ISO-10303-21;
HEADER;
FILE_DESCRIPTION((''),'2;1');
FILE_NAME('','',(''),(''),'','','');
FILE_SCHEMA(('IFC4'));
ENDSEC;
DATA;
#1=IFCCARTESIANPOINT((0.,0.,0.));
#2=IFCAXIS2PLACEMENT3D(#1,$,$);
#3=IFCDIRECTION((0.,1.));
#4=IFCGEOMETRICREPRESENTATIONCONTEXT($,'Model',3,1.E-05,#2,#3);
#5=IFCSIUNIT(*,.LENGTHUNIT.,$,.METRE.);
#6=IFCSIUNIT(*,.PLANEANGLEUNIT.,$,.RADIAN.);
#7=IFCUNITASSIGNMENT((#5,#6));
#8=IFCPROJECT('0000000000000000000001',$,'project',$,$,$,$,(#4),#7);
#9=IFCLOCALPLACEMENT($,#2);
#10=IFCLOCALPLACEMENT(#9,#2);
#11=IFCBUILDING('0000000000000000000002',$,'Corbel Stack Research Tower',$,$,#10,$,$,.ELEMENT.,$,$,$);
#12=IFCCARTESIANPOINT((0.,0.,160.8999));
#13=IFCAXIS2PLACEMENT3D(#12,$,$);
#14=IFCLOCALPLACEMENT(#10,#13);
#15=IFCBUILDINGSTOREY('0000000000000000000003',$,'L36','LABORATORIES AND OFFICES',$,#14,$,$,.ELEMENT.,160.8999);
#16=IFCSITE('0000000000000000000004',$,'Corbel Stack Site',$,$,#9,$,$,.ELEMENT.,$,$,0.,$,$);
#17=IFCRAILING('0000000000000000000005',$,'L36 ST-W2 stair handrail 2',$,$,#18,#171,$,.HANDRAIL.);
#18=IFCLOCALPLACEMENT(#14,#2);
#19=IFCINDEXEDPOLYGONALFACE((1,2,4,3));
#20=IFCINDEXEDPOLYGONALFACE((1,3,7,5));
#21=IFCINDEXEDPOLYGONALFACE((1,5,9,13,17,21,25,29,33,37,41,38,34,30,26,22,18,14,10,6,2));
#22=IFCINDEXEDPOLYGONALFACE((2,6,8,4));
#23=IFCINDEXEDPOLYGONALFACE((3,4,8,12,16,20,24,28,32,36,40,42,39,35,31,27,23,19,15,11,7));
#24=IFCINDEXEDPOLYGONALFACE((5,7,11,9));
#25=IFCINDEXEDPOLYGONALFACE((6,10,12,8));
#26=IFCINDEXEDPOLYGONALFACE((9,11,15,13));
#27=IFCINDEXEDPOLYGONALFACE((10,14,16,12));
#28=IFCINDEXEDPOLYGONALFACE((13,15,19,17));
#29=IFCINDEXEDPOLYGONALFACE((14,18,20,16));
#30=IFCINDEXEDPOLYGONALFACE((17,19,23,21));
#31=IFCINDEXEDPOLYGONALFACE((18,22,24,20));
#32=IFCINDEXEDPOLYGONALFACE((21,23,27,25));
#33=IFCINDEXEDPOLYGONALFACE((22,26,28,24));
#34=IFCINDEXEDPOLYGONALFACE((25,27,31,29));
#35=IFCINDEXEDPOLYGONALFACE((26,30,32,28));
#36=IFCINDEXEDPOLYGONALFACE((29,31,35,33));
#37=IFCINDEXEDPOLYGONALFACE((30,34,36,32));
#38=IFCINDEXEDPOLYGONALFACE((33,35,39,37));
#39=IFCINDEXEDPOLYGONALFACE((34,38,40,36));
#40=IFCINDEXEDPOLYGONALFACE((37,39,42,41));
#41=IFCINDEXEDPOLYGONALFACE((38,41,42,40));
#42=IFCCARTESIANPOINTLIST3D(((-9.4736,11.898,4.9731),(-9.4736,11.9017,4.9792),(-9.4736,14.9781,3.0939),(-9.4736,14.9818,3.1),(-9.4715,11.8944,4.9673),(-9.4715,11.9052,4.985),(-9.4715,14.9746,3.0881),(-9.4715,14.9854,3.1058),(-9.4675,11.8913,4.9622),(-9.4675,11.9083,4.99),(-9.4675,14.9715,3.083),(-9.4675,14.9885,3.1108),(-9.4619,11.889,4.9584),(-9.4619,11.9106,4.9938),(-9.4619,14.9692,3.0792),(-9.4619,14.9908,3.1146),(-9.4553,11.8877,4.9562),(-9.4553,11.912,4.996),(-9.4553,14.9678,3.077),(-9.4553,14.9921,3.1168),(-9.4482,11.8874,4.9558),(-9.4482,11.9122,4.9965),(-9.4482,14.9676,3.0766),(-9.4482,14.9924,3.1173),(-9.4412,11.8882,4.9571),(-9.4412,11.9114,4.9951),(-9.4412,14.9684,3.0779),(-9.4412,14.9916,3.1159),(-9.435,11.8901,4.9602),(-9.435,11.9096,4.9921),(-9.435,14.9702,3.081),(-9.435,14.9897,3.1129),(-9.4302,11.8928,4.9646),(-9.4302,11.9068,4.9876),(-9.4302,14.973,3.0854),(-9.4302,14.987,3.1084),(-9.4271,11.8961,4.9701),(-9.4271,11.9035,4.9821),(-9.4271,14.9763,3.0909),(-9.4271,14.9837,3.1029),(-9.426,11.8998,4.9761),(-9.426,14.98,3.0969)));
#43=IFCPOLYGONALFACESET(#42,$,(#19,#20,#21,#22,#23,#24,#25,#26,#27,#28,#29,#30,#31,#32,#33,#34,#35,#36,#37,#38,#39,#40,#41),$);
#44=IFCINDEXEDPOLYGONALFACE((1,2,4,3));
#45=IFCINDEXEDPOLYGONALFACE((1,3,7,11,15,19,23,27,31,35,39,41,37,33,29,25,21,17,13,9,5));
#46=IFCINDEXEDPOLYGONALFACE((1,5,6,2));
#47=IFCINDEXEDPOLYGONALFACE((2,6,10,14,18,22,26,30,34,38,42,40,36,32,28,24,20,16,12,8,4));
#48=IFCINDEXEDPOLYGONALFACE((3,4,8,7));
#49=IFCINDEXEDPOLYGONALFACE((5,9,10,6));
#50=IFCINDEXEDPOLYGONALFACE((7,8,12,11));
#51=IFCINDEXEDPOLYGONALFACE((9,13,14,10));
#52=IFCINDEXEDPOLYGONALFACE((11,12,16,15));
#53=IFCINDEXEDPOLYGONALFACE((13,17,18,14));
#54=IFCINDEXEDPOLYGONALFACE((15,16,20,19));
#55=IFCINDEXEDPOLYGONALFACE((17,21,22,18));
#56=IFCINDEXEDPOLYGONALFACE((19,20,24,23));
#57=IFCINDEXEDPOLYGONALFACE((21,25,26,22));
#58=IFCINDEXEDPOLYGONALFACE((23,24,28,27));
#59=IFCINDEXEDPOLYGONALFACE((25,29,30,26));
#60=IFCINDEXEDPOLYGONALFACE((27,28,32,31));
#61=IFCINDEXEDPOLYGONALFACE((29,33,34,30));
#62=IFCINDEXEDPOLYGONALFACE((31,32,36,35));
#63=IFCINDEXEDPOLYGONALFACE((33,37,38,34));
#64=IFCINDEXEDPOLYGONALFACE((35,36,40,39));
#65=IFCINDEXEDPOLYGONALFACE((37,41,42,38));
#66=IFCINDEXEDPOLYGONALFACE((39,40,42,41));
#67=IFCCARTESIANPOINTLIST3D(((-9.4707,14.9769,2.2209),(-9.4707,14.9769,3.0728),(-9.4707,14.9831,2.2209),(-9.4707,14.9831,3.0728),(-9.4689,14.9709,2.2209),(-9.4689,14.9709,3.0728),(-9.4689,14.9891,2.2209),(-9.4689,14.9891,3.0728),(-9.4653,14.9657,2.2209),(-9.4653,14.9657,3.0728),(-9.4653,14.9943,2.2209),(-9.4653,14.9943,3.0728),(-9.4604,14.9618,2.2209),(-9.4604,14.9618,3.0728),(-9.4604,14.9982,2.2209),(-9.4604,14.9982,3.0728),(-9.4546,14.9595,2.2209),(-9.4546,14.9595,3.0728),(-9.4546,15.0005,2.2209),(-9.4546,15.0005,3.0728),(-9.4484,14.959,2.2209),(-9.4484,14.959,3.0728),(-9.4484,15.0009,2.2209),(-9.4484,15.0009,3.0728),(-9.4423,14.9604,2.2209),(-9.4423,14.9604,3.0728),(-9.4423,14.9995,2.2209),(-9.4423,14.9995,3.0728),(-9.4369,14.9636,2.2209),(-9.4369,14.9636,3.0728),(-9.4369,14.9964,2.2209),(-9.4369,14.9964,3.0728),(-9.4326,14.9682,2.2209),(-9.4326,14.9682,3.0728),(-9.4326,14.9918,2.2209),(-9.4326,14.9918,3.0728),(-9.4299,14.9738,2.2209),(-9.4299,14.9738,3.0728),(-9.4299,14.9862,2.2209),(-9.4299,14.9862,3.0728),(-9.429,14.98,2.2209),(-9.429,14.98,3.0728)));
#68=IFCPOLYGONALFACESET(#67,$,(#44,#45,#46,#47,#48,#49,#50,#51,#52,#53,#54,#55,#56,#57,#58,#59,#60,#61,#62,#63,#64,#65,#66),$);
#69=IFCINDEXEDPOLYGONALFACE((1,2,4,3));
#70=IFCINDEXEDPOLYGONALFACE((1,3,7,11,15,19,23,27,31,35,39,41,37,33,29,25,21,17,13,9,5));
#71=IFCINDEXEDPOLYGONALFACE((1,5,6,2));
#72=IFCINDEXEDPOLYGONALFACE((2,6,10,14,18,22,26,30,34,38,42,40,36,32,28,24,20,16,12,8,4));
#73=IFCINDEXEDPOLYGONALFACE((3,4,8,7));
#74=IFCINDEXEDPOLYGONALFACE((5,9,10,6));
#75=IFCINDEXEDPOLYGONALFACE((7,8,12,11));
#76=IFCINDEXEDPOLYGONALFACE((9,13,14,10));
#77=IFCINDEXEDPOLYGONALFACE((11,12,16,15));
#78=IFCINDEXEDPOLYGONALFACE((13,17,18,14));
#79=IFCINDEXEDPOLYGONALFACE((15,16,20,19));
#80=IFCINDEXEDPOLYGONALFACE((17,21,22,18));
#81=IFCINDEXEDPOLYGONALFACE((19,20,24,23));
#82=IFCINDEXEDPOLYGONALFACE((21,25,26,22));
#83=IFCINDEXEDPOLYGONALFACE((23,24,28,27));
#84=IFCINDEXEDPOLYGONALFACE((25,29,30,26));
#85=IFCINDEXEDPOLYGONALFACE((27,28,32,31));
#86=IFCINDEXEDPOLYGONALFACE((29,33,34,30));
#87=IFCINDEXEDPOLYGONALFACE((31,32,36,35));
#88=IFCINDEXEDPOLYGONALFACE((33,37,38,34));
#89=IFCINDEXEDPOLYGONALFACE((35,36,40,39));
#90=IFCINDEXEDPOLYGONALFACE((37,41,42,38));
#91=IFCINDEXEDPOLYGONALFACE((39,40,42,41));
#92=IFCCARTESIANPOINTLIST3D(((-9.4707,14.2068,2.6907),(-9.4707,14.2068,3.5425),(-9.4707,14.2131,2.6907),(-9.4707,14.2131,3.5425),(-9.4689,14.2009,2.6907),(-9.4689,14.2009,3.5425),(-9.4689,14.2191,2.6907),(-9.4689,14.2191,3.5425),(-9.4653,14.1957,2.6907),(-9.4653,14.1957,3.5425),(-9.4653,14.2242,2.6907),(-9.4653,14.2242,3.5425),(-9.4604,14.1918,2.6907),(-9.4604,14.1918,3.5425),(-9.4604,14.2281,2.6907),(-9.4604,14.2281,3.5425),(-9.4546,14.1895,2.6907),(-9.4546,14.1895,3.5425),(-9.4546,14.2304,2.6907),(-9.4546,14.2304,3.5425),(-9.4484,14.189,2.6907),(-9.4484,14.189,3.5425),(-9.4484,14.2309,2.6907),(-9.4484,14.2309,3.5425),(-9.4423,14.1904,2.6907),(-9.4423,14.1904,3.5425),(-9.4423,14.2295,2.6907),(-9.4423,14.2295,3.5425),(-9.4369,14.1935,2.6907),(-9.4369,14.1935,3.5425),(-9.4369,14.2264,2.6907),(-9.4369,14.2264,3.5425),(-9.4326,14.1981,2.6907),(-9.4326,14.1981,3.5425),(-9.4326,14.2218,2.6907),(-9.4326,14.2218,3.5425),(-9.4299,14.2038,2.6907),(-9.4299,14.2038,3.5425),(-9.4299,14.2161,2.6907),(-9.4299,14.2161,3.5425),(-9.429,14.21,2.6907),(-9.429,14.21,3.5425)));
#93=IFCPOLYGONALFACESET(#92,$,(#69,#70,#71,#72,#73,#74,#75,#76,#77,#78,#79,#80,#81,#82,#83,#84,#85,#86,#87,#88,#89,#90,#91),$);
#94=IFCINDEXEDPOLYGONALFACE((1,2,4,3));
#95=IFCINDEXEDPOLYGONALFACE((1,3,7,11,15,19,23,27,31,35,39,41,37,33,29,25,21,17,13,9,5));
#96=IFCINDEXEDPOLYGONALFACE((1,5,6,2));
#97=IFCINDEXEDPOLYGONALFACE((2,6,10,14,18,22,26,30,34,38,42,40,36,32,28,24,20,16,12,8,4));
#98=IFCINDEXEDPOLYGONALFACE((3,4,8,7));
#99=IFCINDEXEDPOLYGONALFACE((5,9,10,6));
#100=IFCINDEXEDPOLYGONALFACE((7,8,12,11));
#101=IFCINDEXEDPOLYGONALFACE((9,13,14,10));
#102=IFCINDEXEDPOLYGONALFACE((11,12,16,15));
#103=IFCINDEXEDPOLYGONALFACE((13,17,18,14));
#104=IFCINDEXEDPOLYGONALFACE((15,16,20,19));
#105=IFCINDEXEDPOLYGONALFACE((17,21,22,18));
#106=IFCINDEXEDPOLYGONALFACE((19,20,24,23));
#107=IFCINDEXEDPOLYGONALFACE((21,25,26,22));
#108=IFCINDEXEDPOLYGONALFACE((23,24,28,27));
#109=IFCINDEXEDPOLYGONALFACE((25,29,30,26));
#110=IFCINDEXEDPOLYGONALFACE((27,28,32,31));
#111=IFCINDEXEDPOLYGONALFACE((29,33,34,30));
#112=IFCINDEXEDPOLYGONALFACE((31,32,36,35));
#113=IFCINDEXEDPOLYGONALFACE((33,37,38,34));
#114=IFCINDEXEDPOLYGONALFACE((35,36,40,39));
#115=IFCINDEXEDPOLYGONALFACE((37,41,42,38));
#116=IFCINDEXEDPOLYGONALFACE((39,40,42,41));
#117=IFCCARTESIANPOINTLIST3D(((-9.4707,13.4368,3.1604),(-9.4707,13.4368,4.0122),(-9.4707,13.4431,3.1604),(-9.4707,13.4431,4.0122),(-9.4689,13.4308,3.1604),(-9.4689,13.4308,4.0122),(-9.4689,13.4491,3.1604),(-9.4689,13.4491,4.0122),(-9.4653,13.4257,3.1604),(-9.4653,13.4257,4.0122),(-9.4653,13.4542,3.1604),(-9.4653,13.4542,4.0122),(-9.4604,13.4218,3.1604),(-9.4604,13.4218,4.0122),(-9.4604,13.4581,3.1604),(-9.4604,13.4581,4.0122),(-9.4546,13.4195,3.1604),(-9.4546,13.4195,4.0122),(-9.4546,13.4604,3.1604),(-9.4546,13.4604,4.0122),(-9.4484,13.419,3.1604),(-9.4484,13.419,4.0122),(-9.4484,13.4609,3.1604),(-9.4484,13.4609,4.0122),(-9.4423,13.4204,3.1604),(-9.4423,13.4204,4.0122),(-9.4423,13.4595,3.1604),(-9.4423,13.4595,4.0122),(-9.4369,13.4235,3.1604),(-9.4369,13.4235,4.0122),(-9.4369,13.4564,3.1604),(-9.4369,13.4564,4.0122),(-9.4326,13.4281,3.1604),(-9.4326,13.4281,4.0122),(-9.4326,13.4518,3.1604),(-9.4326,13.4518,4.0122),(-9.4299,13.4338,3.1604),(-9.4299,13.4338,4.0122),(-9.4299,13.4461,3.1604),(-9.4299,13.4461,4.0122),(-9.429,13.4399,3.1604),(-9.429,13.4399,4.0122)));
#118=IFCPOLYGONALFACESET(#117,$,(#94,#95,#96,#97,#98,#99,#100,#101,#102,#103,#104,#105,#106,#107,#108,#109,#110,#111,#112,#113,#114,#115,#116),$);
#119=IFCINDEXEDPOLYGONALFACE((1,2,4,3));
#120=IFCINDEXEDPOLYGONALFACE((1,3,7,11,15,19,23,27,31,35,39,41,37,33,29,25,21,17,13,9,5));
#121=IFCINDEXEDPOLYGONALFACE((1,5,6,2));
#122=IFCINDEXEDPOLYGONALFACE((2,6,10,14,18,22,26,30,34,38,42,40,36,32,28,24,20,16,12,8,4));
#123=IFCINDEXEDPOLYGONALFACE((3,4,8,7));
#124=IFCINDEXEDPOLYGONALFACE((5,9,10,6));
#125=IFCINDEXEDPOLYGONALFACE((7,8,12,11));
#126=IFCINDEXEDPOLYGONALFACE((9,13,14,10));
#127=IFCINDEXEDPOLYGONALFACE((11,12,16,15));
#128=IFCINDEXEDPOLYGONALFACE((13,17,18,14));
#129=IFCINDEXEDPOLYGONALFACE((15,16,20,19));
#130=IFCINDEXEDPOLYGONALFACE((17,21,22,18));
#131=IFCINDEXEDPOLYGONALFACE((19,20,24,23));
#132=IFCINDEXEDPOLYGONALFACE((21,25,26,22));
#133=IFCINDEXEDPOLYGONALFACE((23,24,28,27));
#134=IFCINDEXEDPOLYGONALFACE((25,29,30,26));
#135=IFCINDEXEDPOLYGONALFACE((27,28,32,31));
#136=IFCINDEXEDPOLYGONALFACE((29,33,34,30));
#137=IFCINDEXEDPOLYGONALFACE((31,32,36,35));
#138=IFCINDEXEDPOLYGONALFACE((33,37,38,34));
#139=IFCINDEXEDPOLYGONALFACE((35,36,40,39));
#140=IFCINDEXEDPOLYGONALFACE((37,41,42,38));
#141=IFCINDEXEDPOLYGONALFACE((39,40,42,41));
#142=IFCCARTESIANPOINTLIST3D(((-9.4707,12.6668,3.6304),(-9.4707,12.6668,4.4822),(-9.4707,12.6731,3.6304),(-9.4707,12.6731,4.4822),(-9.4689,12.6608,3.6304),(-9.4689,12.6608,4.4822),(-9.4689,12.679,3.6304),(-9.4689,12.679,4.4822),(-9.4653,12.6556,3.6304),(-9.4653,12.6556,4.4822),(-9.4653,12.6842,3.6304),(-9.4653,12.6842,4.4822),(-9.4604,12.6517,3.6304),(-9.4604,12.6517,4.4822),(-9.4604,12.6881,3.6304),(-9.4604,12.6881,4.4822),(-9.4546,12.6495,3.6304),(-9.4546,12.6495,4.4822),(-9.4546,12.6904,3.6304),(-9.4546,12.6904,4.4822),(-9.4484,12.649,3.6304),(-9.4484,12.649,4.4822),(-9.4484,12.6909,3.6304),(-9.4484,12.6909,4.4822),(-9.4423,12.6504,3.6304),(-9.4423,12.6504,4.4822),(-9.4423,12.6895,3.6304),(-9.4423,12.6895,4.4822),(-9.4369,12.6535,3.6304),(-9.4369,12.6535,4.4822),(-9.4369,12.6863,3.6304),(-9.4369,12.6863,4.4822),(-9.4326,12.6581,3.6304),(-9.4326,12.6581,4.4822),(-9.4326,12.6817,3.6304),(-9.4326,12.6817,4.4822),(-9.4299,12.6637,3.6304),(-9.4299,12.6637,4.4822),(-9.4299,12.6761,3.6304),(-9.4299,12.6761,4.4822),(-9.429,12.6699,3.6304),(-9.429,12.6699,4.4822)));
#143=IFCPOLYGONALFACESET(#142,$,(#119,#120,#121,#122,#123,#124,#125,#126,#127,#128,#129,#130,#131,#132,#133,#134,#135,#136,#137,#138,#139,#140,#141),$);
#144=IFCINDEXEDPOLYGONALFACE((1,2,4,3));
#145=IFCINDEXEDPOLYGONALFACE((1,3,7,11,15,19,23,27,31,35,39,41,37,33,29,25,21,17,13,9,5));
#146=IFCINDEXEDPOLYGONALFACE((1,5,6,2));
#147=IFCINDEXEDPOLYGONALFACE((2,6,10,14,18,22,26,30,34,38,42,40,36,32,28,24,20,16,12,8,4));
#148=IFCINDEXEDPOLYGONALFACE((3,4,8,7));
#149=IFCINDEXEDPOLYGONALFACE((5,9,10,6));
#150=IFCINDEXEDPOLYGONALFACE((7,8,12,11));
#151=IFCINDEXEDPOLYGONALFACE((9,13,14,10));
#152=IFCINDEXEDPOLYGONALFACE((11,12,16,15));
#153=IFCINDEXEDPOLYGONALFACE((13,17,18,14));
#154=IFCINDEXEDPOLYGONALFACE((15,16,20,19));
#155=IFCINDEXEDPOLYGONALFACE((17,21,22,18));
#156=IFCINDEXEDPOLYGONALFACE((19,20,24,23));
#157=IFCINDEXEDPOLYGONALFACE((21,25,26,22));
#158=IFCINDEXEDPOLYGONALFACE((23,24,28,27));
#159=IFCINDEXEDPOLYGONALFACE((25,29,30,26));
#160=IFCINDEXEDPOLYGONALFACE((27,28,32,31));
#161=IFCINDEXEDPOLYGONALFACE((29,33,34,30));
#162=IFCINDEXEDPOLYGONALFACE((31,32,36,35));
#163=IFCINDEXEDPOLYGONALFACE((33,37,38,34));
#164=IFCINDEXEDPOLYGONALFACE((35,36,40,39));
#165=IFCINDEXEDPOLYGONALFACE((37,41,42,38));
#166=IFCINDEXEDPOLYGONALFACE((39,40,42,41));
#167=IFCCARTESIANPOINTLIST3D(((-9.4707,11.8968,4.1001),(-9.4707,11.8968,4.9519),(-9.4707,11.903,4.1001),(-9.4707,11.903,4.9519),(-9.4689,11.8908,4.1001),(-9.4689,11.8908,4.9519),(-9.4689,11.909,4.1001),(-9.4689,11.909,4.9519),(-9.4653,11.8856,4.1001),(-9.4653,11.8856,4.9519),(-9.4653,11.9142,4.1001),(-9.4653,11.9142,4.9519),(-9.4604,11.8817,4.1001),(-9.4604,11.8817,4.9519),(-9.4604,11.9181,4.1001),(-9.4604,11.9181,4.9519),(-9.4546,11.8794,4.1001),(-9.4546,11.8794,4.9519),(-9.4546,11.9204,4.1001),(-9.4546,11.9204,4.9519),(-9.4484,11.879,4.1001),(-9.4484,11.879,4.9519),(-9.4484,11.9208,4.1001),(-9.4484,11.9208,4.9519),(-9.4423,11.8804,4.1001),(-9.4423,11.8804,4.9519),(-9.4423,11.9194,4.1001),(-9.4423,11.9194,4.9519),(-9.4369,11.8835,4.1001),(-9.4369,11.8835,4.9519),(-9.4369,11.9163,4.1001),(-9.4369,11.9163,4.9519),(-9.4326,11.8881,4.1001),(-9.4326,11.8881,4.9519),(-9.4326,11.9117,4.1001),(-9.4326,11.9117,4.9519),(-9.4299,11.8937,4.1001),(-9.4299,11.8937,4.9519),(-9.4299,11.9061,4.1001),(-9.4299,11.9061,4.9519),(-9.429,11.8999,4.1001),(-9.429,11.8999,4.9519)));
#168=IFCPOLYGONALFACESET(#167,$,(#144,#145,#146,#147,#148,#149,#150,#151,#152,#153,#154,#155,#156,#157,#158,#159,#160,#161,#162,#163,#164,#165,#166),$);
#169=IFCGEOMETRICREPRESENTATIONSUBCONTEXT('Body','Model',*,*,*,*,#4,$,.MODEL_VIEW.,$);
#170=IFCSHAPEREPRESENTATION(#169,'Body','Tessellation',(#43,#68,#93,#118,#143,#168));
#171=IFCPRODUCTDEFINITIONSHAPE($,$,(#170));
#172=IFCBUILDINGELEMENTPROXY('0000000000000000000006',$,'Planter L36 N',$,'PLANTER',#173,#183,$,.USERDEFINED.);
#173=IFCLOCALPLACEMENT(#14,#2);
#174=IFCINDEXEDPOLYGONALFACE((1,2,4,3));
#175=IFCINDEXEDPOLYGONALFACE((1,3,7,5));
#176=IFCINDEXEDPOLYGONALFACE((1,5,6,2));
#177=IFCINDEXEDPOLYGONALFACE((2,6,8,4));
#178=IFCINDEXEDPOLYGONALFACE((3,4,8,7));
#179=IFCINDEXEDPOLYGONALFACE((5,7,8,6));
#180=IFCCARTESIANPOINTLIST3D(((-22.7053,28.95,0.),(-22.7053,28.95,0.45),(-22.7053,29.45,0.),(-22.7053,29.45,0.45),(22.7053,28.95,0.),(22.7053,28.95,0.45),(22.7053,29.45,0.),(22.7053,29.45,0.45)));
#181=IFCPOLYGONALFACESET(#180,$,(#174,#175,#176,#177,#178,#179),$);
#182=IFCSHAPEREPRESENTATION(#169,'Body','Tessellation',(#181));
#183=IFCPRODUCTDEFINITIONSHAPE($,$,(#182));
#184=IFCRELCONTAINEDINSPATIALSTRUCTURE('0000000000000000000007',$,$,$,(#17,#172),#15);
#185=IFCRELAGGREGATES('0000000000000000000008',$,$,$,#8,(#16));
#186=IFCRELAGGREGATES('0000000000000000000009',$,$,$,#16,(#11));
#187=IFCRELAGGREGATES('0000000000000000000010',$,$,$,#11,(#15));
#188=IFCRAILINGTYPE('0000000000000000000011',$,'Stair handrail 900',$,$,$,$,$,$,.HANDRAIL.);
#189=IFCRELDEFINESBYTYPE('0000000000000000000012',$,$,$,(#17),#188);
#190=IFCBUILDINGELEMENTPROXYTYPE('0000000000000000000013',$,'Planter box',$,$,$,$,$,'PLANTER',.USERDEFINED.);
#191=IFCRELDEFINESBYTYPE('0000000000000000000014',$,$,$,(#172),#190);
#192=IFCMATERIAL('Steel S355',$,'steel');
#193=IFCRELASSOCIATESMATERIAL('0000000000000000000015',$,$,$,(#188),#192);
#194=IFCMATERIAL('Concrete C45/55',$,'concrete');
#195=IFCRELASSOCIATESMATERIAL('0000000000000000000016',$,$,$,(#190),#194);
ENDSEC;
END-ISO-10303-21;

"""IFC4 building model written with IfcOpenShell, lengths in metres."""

from ifc_helpers import new_model, si_unit, direction, frame, origin, origin_2d, place, context, subcontext, project, spatial, rectangle, circle, extrude, material, type_object, element, save


model = new_model("IFC4")

# Units and contexts
model_context = context("Model", 3, precision=1e-05, world=origin(), true_north=direction((0.0, 1.0)))
body_context = subcontext(model_context, "Body", "Model", "MODEL_VIEW")
ifc_project = project(units=[si_unit("LENGTHUNIT", "METRE"), si_unit("PLANEANGLEUNIT", "RADIAN")], contexts=[model_context])

# Site, building, storey
site_placement = place(None, origin())
site = spatial("IfcSite", under=ifc_project, at=site_placement, Name="Corbel Stack Site", CompositionType="ELEMENT", RefElevation=0.0)
building_placement = place(site_placement, origin())
building = spatial("IfcBuilding", under=site, at=building_placement, Name="Corbel Stack Research Tower", CompositionType="ELEMENT")
storey_placement = place(building_placement, frame((0.0, 0.0, 160.8999)))
storey = spatial("IfcBuildingStorey", under=building, at=storey_placement, Name="L36", Description="LABORATORIES AND OFFICES", CompositionType="ELEMENT", Elevation=160.8999)

# Railing
ifc_material_1 = material(Name="Steel S355", Category="steel")
railing_type_1 = type_object("IfcRailingType", Name="Stair handrail 900", PredefinedType="HANDRAIL", material=ifc_material_1)
railing_1_placement = place(storey_placement, frame((-9.45, 14.98, 2.2209)))
element("IfcRailing", 1, at=railing_1_placement, inside=storey, type_object=railing_type_1, Name="L36 ST-W2 stair handrail 2", PredefinedType="HANDRAIL", context=body_context, shape_type="SweptSolid", body=[
    extrude(circle(Radius=0.0239, at=origin_2d()), frame((0.0, 0.0, 0.876), z_axis=(0.0, -0.853666, 0.52082), x_axis=(1.0, 0.0, 0.0)), (0.0, 0.0, 1.0), 3.6082),
    extrude(circle(Radius=0.021, at=origin_2d()), origin(), (0.0, 0.0, 1.0), 0.8518),
    extrude(circle(Radius=0.021, at=origin_2d()), frame((0.0, -0.77, 0.4697)), (0.0, 0.0, 1.0), 0.8518),
    extrude(circle(Radius=0.021, at=origin_2d()), frame((0.0, -1.54, 0.9395)), (0.0, 0.0, 1.0), 0.8518),
    extrude(circle(Radius=0.021, at=origin_2d()), frame((0.0, -2.3101, 1.4094)), (0.0, 0.0, 1.0), 0.8518),
    extrude(circle(Radius=0.021, at=origin_2d()), frame((0.0, -3.0801, 1.8792)), (0.0, 0.0, 1.0), 0.8518),
])

# Building element proxy
ifc_material_2 = material(Name="Concrete C45/55", Category="concrete")
building_element_proxy_type = type_object("IfcBuildingElementProxyType", Name="Planter box", ElementType="PLANTER", PredefinedType="USERDEFINED", material=ifc_material_2)
proxy_placement = place(storey_placement, frame((0.0, 29.2, 0.0), z_axis=(0.0, 0.0, 1.0), x_axis=(-1.0, 0.0, 0.0)))
element("IfcBuildingElementProxy", 2, at=proxy_placement, inside=storey, type_object=building_element_proxy_type, Name="Planter L36 N", ObjectType="PLANTER", PredefinedType="USERDEFINED", context=body_context, shape_type="SweptSolid", body=[
    extrude(rectangle(XDim=45.4106, YDim=0.5, at=origin_2d()), origin(), (0.0, 0.0, 1.0), 0.45),
])

save(model, "model.ifc")
